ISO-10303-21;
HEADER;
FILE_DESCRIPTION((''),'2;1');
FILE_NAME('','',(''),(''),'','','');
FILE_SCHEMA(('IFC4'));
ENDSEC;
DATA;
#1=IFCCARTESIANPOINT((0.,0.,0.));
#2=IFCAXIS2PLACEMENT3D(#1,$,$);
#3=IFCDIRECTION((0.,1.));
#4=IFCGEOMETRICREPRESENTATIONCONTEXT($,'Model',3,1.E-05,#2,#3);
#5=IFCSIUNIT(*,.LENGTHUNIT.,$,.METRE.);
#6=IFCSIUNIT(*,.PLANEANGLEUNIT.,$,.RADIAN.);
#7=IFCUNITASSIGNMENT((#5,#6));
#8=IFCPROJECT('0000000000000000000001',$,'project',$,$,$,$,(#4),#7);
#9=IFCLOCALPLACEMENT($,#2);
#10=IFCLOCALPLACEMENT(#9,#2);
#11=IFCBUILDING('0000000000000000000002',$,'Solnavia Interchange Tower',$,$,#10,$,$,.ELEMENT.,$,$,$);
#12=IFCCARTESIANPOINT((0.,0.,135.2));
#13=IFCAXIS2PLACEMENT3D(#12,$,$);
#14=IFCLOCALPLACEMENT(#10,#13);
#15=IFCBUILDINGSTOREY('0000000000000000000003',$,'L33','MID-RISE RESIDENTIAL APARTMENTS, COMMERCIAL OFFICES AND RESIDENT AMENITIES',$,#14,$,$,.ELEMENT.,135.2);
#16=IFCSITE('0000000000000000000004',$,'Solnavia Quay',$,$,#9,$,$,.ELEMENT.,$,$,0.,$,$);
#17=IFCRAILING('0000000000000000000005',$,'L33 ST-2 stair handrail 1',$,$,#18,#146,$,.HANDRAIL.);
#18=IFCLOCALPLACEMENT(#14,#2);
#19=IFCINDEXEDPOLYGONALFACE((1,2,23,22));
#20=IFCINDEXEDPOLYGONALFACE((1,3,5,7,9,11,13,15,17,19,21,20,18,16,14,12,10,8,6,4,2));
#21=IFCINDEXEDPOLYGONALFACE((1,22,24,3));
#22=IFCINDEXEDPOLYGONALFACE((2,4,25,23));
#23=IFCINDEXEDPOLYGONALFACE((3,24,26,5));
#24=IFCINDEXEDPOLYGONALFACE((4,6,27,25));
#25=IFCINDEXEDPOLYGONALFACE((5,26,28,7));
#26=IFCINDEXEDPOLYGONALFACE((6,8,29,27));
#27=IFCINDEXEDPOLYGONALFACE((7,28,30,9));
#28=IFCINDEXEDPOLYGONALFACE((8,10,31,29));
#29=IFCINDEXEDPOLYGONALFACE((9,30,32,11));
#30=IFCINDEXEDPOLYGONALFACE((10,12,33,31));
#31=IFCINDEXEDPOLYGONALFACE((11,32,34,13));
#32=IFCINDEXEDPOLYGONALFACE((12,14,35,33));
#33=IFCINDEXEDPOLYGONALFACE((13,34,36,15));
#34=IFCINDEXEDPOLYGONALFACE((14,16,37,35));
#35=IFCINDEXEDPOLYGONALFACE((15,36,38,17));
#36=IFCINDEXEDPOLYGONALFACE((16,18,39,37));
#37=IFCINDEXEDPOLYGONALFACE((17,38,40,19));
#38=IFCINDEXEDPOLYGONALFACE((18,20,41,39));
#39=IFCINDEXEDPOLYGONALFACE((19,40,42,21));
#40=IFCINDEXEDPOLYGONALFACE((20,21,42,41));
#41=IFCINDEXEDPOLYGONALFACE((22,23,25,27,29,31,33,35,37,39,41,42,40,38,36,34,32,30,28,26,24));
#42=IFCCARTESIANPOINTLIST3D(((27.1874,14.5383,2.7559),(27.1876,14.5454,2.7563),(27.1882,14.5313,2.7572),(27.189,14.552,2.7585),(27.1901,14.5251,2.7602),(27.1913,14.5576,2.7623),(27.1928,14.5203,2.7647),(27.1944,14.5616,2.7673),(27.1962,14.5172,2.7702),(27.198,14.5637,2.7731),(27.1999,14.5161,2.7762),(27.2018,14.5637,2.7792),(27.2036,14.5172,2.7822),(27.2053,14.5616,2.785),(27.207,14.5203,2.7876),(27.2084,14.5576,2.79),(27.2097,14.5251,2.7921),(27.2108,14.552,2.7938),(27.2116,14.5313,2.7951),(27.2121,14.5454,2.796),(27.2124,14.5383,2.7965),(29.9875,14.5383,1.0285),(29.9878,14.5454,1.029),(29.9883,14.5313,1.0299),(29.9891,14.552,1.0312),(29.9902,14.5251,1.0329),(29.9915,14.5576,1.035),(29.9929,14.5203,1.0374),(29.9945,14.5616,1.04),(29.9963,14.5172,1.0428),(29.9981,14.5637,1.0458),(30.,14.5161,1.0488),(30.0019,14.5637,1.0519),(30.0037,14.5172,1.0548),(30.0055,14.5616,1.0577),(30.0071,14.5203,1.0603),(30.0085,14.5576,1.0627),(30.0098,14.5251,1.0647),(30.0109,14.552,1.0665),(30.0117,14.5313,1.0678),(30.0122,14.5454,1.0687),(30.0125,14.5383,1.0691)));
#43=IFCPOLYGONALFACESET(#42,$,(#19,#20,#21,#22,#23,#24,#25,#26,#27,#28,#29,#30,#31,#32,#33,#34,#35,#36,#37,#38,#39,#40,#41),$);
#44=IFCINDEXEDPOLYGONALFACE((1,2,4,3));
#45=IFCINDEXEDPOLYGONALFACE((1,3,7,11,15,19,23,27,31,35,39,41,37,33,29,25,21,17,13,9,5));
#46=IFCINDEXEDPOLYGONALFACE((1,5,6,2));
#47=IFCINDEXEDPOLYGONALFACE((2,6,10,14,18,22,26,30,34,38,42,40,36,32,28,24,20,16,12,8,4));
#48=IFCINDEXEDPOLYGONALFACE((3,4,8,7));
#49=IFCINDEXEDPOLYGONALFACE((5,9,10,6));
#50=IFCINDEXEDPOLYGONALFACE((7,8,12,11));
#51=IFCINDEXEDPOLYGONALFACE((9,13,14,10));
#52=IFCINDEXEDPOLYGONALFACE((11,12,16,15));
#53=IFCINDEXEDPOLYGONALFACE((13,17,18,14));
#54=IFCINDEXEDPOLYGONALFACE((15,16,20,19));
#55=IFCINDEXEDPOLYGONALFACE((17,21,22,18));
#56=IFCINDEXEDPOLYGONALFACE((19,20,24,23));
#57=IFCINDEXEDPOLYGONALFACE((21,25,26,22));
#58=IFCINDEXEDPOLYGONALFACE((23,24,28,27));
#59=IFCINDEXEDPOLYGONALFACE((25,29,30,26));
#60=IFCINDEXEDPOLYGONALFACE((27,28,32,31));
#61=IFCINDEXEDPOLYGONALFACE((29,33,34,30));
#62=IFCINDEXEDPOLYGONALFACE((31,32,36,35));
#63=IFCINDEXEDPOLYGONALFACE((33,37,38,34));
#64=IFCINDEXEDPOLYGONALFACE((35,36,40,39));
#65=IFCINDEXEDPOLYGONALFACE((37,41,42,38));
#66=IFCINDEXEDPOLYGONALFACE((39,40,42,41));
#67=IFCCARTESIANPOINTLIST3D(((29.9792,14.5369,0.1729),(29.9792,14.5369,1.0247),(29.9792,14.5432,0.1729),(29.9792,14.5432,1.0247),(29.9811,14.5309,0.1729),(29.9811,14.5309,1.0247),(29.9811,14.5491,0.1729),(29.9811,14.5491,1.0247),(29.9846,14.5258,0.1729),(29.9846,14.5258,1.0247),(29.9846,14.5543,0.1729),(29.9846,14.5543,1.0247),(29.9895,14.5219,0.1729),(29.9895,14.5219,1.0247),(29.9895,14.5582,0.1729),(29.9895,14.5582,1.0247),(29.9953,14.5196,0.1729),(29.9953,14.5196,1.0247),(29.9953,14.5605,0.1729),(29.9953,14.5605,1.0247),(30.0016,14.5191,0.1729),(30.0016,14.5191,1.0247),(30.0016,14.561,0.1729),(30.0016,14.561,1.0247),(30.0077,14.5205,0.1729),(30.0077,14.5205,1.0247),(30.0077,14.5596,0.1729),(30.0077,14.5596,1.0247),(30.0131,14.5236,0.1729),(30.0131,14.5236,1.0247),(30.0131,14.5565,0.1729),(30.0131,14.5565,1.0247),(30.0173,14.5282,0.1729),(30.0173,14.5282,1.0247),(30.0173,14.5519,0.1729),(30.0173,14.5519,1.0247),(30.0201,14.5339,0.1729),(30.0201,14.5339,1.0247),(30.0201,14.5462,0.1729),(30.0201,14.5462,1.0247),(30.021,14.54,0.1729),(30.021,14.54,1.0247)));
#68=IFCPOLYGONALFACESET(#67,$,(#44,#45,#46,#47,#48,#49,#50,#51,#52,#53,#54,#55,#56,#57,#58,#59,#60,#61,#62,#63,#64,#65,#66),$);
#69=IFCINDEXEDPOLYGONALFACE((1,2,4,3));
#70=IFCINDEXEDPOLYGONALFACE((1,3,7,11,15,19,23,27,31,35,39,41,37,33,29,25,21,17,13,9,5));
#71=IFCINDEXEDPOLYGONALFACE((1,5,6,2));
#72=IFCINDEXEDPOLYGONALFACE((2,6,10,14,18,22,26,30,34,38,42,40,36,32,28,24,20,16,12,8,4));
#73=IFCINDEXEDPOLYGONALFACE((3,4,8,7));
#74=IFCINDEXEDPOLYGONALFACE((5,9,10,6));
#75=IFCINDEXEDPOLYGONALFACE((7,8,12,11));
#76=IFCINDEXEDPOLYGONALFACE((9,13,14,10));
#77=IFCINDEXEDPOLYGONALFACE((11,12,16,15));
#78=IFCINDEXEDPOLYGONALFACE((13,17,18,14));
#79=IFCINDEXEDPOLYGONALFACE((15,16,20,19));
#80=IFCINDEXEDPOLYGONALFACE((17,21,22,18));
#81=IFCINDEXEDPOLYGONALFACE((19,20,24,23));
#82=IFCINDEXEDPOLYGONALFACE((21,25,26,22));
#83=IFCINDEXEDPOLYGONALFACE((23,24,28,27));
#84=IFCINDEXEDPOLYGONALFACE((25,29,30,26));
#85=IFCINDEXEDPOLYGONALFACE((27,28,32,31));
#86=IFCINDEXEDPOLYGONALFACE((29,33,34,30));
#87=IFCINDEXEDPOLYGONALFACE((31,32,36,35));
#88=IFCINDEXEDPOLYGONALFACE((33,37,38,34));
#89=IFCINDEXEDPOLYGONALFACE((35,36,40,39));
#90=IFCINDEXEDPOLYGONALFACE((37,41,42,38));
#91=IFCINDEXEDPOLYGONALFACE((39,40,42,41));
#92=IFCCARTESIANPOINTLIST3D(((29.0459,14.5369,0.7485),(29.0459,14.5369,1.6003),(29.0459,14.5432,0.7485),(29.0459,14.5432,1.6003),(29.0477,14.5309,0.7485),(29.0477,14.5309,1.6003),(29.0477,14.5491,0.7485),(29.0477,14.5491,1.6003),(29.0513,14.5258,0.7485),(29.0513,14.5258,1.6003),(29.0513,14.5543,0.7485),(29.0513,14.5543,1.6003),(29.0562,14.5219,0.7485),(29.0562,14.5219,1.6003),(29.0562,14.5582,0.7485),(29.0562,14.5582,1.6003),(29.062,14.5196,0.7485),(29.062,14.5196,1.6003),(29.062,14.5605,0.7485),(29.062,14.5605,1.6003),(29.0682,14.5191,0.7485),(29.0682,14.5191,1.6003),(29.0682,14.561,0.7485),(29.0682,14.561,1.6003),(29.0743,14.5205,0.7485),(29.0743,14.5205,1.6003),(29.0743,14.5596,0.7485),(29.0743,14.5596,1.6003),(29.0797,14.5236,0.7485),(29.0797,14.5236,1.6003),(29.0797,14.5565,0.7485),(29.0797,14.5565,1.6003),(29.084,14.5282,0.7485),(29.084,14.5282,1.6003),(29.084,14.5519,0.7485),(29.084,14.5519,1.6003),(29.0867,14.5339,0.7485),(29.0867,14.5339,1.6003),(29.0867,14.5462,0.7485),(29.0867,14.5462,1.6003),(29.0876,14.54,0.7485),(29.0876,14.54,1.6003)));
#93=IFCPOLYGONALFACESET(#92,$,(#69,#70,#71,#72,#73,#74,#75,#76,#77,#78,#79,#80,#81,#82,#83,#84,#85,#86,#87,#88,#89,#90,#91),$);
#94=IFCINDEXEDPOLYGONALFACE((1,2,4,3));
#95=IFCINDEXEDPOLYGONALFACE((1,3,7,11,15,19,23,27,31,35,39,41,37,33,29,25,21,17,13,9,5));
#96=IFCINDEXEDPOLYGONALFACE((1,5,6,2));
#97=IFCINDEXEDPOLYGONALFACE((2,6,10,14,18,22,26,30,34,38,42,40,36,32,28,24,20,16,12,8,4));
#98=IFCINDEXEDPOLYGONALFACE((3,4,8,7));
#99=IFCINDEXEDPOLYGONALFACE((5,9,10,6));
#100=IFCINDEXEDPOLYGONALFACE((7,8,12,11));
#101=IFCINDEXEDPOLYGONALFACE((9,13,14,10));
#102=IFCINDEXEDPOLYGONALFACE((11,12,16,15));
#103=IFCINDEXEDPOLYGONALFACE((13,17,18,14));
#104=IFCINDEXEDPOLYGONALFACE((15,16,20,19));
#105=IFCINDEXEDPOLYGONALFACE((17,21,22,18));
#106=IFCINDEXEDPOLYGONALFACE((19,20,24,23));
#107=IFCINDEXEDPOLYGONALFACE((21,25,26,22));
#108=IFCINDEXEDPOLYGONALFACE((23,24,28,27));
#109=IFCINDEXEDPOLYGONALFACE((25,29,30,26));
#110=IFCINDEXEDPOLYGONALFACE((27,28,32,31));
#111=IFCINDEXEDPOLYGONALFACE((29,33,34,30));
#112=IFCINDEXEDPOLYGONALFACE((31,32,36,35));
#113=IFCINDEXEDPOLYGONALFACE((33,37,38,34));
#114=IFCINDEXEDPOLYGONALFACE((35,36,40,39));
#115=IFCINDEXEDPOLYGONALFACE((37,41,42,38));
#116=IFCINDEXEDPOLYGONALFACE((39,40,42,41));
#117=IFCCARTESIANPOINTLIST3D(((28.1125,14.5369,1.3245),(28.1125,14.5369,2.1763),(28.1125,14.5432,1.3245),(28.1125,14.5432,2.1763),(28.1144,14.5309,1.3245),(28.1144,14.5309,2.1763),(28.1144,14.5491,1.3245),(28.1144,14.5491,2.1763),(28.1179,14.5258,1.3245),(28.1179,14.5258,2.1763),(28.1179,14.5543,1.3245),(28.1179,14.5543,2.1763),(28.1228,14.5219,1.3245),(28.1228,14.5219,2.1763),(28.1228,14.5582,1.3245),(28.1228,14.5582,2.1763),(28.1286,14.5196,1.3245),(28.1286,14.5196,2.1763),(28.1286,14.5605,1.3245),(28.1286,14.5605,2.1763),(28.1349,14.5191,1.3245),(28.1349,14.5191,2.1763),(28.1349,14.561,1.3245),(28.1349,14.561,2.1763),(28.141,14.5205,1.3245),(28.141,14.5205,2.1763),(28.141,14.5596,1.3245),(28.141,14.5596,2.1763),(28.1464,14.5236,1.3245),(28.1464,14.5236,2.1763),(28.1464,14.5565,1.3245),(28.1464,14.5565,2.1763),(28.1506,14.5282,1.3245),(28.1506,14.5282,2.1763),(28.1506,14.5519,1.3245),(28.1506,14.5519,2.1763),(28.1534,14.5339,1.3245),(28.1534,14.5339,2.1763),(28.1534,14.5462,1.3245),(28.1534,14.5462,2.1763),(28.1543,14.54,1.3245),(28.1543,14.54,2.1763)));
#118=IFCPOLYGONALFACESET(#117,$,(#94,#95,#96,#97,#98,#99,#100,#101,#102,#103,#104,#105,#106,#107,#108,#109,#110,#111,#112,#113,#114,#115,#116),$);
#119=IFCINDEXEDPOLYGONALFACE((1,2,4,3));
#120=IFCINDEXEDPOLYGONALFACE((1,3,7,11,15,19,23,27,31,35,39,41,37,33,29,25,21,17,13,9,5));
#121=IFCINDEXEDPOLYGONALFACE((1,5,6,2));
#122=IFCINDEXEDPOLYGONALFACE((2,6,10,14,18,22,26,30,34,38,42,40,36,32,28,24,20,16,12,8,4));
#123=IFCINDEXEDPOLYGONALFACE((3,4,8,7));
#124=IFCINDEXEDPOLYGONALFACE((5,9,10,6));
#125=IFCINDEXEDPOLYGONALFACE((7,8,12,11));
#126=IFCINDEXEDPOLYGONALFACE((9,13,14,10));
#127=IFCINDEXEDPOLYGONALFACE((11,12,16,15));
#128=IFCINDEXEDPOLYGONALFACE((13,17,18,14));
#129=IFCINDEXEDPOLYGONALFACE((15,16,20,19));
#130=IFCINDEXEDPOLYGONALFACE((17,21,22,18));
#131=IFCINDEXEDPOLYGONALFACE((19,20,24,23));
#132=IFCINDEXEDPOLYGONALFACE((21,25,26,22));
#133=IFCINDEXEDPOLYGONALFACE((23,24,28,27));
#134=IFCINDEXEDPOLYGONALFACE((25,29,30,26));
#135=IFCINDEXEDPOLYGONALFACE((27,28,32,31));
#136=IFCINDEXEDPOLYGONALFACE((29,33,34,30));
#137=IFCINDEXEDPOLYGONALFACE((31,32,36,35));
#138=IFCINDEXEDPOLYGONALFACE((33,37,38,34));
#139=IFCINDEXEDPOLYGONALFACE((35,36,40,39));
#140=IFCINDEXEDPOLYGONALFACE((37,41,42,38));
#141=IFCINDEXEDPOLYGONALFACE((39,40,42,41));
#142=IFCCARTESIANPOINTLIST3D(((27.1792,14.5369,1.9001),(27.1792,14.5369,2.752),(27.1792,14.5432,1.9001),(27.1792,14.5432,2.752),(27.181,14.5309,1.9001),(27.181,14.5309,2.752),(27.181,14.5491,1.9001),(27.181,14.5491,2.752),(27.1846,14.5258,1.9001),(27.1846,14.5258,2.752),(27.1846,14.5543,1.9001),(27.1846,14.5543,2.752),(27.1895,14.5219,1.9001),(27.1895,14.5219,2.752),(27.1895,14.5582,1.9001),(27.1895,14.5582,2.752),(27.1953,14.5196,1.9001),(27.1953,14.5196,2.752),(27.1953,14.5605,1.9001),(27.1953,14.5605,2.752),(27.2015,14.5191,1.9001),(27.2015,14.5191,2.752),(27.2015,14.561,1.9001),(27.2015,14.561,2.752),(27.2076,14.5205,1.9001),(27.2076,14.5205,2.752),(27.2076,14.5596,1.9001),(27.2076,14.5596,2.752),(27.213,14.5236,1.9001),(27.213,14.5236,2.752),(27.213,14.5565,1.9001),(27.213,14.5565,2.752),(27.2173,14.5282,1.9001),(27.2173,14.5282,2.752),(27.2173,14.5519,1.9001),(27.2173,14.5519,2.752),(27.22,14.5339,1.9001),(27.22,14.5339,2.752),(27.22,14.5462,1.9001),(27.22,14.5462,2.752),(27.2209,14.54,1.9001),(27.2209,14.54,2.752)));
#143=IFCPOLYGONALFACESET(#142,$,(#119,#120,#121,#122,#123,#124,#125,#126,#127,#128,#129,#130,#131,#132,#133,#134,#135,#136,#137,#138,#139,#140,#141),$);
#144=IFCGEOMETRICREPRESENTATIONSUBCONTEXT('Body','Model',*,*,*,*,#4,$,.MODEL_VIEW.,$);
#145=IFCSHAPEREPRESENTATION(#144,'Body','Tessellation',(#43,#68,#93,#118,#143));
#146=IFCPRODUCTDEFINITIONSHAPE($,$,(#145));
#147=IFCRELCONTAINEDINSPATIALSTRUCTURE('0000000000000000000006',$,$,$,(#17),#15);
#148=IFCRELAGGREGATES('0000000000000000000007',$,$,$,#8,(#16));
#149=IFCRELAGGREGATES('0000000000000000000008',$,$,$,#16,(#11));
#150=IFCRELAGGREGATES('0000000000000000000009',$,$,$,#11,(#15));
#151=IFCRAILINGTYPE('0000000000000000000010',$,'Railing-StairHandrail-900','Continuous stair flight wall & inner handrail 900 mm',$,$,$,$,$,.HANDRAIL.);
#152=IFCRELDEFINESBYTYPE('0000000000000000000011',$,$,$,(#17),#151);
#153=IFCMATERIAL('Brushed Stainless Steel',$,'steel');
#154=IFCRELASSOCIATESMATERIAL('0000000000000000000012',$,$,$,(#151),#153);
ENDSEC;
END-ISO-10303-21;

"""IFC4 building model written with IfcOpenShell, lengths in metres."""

from ifc_helpers import new_model, si_unit, direction, frame, origin, origin_2d, place, context, subcontext, project, spatial, circle, extrude, material, type_object, element, save


model = new_model("IFC4")

# Units and contexts
model_context = context("Model", 3, precision=1e-05, world=origin(), true_north=direction((0.0, 1.0)))
body_context = subcontext(model_context, "Body", "Model", "MODEL_VIEW")
ifc_project = project(units=[si_unit("LENGTHUNIT", "METRE"), si_unit("PLANEANGLEUNIT", "RADIAN")], contexts=[model_context])

# Site, building, storey
site_placement = place(None, origin())
site = spatial("IfcSite", under=ifc_project, at=site_placement, Name="Solnavia Quay", CompositionType="ELEMENT", RefElevation=0.0)
building_placement = place(site_placement, origin())
building = spatial("IfcBuilding", under=site, at=building_placement, Name="Solnavia Interchange Tower", CompositionType="ELEMENT")
storey_placement = place(building_placement, frame((0.0, 0.0, 135.2)))
storey = spatial("IfcBuildingStorey", under=building, at=storey_placement, Name="L33", Description="MID-RISE RESIDENTIAL APARTMENTS, COMMERCIAL OFFICES AND RESIDENT AMENITIES", CompositionType="ELEMENT", Elevation=135.2)

# Railing
ifc_material_1 = material(Name="Brushed Stainless Steel", Category="steel")
railing_type_1 = type_object("IfcRailingType", Name="Railing-StairHandrail-900", Description="Continuous stair flight wall & inner handrail 900 mm", PredefinedType="HANDRAIL", material=ifc_material_1)
railing_1_placement = place(storey_placement, frame((30.0, 14.54, 0.1729)))
element("IfcRailing", 1, at=railing_1_placement, inside=storey, type_object=railing_type_1, Name="L33 ST-2 stair handrail 1", PredefinedType="HANDRAIL", context=body_context, shape_type="SweptSolid", body=[
    extrude(circle(Radius=0.0239, at=origin_2d()), frame((0.0, 0.0, 0.876), z_axis=(-0.85109, 0.0, 0.52502), x_axis=(0.0, -1.0, 0.0)), (0.0, 0.0, 1.0), 3.29),
    extrude(circle(Radius=0.021, at=origin_2d()), origin(), (0.0, 0.0, 1.0), 0.8518),
    extrude(circle(Radius=0.021, at=origin_2d()), frame((-0.9333, 0.0, 0.5757)), (0.0, 0.0, 1.0), 0.8518),
    extrude(circle(Radius=0.021, at=origin_2d()), frame((-1.8667, 0.0, 1.1516)), (0.0, 0.0, 1.0), 0.8518),
    extrude(circle(Radius=0.021, at=origin_2d()), frame((-2.8, 0.0, 1.7273)), (0.0, 0.0, 1.0), 0.8518),
])

save(model, "model.ifc")
